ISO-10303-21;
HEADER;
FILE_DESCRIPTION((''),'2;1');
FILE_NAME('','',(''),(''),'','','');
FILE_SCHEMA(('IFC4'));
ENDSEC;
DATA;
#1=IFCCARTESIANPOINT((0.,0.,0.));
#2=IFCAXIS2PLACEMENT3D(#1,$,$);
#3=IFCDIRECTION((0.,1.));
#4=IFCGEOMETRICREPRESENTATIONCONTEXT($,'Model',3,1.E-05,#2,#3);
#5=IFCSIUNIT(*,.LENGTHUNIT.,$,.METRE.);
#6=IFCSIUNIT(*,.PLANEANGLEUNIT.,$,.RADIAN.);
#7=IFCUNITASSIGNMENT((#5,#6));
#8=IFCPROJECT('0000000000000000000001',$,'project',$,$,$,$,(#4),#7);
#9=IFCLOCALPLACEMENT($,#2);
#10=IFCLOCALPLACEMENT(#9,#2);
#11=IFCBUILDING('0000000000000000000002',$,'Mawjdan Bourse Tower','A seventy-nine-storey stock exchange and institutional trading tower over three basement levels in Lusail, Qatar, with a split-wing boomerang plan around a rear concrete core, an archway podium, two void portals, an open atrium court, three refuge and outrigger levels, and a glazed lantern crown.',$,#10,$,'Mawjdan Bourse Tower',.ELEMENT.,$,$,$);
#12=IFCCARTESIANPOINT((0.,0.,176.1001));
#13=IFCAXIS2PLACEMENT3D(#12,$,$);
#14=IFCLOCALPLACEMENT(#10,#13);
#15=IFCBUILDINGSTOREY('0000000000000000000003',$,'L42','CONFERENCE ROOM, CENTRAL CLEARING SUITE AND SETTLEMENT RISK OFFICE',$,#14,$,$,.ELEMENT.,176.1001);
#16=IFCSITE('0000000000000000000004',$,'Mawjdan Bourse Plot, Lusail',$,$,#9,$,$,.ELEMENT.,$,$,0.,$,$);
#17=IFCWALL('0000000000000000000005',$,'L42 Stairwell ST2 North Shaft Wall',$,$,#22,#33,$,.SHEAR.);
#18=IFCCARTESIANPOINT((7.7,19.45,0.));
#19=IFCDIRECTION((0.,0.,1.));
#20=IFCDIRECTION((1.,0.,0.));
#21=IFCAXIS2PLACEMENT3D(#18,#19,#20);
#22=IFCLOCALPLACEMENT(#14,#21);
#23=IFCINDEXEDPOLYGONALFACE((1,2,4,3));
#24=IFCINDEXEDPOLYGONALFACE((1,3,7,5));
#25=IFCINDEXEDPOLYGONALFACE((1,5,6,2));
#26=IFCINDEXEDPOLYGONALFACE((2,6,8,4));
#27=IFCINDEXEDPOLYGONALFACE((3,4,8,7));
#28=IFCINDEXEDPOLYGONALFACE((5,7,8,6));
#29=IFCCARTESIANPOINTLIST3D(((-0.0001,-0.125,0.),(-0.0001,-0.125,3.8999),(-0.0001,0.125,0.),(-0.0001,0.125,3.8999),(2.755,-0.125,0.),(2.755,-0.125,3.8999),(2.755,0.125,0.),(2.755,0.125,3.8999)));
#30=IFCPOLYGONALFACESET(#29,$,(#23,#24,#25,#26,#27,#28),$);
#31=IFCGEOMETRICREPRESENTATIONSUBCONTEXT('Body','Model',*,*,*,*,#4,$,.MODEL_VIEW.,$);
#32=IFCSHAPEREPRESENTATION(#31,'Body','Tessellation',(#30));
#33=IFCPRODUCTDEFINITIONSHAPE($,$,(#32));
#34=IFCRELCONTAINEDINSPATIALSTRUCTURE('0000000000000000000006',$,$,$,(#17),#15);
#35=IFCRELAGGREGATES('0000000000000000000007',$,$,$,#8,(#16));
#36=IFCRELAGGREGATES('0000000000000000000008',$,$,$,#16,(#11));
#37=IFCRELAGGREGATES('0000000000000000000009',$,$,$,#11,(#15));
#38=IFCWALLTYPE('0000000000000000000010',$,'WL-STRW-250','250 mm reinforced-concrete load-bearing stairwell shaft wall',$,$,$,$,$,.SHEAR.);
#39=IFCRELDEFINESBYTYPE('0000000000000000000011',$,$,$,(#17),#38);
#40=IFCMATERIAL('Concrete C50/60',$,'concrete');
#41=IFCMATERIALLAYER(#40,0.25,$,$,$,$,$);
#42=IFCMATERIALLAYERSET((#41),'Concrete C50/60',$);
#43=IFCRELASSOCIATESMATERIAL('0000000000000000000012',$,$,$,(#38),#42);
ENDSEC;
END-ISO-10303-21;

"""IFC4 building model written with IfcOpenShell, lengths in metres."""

from ifc_helpers import new_model, si_unit, direction, frame, frame_2d, origin, place, context, subcontext, project, spatial, rectangle, extrude, material, layer, layer_set, type_object, element, save


model = new_model("IFC4")

# Units and contexts
model_context = context("Model", 3, precision=1e-05, world=origin(), true_north=direction((0.0, 1.0)))
body_context = subcontext(model_context, "Body", "Model", "MODEL_VIEW")
ifc_project = project(units=[si_unit("LENGTHUNIT", "METRE"), si_unit("PLANEANGLEUNIT", "RADIAN")], contexts=[model_context])

# Site, building, storey
site_placement = place(None, origin())
site = spatial("IfcSite", under=ifc_project, at=site_placement, Name="Mawjdan Bourse Plot, Lusail", CompositionType="ELEMENT", RefElevation=0.0)
building_placement = place(site_placement, origin())
building = spatial("IfcBuilding", under=site, at=building_placement, Name="Mawjdan Bourse Tower", Description="A seventy-nine-storey stock exchange and institutional trading tower over three basement levels in Lusail, Qatar, with a split-wing boomerang plan around a rear concrete core, an archway podium, two void portals, an open atrium court, three refuge and outrigger levels, and a glazed lantern crown.", LongName="Mawjdan Bourse Tower", CompositionType="ELEMENT")
storey_placement = place(building_placement, frame((0.0, 0.0, 176.1001)))
storey = spatial("IfcBuildingStorey", under=building, at=storey_placement, Name="L42", Description="CONFERENCE ROOM, CENTRAL CLEARING SUITE AND SETTLEMENT RISK OFFICE", CompositionType="ELEMENT", Elevation=176.1001)

# Wall
ifc_material_1 = material(Name="Concrete C50/60", Category="concrete")
ifc_layer_1 = layer(ifc_material_1, 0.25)
ifc_layer_set_1 = layer_set([ifc_layer_1], Name="Concrete C50/60")
wall_type_1 = type_object("IfcWallType", Name="WL-STRW-250", Description="250 mm reinforced-concrete load-bearing stairwell shaft wall", PredefinedType="SHEAR", material=ifc_layer_set_1)
wall_1_placement = place(storey_placement, frame((7.7, 19.45, 0.0), z_axis=(0.0, 0.0, 1.0), x_axis=(1.0, 0.0, 0.0)))
element("IfcWall", 1, at=wall_1_placement, inside=storey, type_object=wall_type_1, Name="L42 Stairwell ST2 North Shaft Wall", PredefinedType="SHEAR", context=body_context, shape_type="SweptSolid", body=[
    extrude(rectangle(XDim=2.7551, YDim=0.25, at=frame_2d((1.3774, 0.0))), origin(), (0.0, 0.0, 1.0), 3.8999),
])

save(model, "model.ifc")
